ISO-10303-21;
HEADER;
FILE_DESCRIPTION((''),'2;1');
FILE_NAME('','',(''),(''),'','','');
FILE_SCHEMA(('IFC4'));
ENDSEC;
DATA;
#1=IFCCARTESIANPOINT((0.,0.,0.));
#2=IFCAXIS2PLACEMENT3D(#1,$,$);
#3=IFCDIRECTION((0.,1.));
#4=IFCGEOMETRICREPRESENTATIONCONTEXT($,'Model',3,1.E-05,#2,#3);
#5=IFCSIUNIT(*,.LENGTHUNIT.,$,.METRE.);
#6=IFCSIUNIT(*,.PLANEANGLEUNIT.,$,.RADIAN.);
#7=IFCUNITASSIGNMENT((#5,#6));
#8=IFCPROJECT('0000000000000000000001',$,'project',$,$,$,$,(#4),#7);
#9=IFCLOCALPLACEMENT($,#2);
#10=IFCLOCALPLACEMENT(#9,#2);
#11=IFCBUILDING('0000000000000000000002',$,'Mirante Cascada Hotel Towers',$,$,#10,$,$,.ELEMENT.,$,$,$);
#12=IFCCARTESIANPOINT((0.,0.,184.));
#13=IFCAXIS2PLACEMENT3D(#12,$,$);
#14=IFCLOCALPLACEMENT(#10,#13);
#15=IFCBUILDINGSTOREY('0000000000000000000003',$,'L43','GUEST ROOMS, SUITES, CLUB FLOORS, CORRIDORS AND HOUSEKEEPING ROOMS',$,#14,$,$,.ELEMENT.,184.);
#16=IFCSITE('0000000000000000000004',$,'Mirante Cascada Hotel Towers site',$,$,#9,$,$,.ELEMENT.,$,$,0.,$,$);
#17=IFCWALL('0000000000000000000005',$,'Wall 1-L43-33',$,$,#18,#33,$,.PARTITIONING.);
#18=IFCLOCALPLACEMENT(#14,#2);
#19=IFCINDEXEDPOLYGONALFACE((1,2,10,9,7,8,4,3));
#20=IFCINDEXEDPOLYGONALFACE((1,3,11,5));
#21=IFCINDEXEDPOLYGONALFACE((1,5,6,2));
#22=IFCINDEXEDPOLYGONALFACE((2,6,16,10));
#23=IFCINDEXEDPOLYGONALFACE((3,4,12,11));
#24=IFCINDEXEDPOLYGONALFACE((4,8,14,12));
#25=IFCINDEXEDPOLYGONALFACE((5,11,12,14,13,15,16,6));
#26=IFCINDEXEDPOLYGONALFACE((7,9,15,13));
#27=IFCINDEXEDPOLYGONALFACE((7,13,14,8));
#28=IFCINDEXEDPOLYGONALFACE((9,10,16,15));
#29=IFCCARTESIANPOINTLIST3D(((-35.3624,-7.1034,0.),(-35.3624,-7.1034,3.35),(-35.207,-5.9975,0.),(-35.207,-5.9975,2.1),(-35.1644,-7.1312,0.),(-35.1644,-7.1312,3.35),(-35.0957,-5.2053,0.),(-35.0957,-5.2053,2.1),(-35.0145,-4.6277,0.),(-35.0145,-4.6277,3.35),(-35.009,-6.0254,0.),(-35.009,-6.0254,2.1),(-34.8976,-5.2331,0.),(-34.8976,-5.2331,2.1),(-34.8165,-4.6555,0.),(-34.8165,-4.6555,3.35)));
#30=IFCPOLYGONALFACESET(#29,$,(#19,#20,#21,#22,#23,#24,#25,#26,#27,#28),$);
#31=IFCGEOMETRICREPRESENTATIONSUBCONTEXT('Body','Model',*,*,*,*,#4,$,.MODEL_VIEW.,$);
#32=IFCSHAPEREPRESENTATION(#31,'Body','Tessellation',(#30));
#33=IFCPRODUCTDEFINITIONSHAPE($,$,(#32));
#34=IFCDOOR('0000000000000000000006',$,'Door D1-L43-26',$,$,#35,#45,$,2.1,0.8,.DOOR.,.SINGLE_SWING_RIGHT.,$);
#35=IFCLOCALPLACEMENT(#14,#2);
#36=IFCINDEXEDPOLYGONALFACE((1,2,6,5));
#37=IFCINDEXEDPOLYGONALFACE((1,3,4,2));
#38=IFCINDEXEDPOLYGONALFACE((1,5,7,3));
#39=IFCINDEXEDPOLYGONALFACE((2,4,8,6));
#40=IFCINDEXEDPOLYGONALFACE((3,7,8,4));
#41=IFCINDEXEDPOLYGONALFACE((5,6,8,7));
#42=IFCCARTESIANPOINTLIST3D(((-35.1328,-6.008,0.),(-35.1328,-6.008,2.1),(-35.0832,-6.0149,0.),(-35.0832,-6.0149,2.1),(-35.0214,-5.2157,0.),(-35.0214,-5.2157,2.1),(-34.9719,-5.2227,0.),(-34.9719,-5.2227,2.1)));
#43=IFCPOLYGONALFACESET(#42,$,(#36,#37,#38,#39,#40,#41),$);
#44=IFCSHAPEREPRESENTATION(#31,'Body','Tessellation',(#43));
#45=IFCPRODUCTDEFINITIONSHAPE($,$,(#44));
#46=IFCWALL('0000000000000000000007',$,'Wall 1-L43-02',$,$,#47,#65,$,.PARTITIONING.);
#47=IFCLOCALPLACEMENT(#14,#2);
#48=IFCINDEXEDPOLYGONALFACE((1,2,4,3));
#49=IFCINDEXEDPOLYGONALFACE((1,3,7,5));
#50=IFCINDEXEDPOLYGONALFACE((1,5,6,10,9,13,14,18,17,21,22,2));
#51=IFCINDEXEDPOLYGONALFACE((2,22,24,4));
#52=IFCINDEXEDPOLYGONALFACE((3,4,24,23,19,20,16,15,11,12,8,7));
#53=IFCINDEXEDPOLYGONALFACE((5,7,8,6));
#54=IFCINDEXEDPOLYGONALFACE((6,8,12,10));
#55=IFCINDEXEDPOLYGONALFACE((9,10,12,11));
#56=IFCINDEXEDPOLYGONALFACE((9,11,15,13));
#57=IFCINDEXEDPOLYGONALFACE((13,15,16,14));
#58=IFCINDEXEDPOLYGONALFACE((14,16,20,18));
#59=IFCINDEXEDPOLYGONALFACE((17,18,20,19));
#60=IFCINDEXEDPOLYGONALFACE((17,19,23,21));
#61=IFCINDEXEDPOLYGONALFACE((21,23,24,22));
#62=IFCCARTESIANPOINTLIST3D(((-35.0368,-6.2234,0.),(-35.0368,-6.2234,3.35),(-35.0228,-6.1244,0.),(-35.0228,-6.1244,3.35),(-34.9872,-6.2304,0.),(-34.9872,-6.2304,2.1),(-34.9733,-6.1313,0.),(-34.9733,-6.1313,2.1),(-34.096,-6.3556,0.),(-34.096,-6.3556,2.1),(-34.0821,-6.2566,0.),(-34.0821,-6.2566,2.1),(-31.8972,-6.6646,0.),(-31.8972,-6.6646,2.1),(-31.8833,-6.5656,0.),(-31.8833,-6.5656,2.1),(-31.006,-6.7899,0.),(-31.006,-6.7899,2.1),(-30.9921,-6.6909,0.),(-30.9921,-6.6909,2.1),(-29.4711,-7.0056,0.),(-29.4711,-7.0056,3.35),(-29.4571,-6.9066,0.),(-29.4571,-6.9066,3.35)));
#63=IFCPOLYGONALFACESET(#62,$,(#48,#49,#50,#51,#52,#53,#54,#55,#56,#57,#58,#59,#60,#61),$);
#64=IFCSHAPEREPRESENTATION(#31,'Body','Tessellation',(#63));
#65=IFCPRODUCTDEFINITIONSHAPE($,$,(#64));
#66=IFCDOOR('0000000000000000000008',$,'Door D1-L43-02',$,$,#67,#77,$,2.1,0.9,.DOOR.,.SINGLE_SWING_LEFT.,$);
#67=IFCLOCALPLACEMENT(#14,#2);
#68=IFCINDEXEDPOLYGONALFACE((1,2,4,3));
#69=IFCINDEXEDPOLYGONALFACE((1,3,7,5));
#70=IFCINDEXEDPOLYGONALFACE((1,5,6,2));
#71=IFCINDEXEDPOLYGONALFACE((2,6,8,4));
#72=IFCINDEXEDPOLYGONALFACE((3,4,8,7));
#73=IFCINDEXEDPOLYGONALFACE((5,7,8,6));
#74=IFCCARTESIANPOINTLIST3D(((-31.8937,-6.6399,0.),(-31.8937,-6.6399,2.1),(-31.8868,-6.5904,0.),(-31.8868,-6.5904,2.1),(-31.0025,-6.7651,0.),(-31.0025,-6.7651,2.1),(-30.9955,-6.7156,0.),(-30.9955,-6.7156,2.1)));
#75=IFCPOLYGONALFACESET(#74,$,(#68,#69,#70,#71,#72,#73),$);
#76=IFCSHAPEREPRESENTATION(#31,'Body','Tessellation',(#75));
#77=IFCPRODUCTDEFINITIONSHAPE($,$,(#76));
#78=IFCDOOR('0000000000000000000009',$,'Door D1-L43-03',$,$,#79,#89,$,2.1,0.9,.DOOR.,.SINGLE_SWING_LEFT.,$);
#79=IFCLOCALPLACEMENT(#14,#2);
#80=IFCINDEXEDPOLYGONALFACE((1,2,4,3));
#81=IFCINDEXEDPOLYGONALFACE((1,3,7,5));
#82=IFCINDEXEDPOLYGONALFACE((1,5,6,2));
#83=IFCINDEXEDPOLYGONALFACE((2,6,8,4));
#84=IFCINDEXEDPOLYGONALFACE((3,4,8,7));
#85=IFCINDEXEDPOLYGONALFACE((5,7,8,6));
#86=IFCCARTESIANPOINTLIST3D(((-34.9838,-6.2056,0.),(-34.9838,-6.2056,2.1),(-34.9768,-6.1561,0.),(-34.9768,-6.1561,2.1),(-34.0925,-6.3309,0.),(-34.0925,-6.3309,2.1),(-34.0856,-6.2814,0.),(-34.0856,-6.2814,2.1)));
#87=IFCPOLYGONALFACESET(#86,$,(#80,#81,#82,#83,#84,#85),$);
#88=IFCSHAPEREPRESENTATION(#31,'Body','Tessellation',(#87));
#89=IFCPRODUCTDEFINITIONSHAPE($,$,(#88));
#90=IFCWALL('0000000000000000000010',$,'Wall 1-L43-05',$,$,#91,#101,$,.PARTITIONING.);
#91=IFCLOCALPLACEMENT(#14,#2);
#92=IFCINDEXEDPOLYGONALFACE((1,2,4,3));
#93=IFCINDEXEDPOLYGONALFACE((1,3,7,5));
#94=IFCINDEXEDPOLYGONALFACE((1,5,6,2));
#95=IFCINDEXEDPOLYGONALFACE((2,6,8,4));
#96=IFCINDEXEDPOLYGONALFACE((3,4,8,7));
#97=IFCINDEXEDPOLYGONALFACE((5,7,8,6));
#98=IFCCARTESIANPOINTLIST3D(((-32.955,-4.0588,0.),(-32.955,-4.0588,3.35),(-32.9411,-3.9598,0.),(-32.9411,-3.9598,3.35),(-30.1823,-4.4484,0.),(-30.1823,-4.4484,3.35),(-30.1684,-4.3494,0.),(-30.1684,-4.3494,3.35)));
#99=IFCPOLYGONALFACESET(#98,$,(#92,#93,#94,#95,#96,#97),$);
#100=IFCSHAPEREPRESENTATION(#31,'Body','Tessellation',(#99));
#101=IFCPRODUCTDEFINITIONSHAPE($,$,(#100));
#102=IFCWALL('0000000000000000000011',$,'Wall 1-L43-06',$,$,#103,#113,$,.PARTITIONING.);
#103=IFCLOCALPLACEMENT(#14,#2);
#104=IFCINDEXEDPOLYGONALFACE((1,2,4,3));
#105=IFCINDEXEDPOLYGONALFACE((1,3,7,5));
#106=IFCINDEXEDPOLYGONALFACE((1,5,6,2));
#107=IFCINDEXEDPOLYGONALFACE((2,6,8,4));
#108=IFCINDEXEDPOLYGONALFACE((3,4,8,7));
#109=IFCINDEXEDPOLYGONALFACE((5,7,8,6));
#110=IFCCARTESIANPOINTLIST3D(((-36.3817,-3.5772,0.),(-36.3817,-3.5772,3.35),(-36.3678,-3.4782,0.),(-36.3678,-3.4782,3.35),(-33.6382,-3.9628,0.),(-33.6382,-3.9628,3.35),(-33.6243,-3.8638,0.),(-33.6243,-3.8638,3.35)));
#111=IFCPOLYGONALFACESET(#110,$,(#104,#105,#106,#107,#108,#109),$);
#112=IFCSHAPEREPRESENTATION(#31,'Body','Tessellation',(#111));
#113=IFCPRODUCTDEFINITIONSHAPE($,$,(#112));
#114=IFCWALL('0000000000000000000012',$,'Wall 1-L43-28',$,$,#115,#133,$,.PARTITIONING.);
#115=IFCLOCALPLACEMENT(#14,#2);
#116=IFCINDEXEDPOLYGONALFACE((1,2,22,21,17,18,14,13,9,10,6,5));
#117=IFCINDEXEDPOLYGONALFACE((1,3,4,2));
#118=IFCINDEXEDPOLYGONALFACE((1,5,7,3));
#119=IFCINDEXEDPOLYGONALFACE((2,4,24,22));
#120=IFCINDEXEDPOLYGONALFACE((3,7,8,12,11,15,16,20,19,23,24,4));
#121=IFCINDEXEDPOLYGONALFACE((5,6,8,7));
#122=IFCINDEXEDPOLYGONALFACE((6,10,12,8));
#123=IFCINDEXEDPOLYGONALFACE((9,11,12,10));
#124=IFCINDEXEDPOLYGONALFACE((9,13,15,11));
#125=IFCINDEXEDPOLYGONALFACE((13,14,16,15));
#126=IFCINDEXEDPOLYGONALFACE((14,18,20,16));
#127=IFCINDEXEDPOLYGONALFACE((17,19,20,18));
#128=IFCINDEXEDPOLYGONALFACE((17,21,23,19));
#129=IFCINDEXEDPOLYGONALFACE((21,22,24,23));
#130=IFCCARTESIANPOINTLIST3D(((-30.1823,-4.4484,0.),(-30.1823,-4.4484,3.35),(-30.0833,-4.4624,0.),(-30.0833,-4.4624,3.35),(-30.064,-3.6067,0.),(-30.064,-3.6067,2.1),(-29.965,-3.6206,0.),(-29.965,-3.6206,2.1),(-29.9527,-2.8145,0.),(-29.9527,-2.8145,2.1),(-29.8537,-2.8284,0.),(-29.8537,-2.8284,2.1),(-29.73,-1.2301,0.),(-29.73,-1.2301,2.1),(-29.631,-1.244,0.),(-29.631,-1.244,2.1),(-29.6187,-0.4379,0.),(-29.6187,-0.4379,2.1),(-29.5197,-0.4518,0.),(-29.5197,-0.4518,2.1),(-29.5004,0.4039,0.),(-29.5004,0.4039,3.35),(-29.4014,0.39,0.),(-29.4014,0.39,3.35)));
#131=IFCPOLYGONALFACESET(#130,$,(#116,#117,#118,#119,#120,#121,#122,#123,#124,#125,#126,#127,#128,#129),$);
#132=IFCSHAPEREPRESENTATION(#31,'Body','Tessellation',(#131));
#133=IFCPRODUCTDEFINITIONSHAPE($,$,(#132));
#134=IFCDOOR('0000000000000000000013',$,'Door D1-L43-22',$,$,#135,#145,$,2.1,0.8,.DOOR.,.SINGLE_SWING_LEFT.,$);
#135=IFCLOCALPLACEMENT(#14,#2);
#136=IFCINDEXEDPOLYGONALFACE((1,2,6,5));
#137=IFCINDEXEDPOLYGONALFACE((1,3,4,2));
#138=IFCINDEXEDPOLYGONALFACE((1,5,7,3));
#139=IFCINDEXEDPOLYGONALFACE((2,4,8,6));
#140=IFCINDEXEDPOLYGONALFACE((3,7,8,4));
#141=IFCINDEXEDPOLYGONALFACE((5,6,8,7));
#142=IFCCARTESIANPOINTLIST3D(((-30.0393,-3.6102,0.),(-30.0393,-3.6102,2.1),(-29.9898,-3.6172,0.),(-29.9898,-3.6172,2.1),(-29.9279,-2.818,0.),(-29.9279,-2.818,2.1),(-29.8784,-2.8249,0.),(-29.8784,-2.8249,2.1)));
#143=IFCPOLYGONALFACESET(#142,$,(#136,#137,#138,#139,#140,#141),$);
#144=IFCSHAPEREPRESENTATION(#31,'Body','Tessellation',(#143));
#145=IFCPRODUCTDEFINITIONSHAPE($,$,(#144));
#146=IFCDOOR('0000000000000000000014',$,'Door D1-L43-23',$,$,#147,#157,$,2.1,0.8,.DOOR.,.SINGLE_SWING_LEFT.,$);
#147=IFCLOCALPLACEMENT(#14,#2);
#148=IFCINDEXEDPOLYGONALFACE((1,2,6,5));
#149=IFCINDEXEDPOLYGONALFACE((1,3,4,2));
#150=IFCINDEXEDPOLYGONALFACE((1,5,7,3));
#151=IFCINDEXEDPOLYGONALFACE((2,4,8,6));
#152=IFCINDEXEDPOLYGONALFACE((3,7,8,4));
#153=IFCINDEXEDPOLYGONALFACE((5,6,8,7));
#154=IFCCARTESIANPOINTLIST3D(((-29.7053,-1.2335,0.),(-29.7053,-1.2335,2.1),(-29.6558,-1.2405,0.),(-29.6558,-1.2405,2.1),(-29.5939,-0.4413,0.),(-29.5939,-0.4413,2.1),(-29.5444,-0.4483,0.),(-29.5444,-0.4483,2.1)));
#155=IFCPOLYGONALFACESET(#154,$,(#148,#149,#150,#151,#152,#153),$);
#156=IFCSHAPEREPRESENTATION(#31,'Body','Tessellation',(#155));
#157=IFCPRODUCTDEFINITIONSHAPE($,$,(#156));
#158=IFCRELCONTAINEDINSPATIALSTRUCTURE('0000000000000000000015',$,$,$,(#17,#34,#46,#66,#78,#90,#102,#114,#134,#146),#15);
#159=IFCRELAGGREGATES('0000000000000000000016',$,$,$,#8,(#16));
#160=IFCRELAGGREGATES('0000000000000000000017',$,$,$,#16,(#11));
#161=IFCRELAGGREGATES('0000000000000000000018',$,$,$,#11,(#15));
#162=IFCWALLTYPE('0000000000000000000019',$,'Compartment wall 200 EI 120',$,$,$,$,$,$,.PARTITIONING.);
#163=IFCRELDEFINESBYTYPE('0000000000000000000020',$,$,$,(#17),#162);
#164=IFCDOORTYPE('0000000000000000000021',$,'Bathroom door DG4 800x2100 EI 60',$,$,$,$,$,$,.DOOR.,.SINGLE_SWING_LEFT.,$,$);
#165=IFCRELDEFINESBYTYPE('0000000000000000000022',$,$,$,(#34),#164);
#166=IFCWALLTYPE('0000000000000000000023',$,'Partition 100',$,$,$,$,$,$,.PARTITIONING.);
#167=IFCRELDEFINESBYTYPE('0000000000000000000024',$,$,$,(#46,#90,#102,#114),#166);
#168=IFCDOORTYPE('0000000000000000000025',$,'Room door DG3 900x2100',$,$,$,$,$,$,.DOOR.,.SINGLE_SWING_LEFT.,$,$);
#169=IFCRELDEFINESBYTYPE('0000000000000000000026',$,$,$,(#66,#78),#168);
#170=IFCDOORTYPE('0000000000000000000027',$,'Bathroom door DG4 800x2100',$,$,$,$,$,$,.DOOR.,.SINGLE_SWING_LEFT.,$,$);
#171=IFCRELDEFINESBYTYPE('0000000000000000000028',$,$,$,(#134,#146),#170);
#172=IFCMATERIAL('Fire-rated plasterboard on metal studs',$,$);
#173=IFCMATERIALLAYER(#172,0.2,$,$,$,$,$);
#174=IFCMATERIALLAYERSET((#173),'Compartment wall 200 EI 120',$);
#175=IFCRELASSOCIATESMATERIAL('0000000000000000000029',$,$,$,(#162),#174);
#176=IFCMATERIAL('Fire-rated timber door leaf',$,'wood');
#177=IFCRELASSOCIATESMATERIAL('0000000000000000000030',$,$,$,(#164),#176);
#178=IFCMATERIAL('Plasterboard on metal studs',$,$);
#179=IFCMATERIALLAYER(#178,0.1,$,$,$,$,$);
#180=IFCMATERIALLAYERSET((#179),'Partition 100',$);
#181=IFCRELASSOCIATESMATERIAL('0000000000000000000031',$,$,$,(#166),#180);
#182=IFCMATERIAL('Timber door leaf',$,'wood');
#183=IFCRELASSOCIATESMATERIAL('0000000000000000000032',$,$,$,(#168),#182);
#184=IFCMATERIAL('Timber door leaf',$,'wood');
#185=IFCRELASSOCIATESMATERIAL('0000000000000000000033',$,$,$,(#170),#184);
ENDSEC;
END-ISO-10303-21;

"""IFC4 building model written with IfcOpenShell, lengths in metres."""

from ifc_helpers import new_model, si_unit, direction, frame, frame_2d, origin, place, context, subcontext, project, spatial, rectangle, extrude, material, layer, layer_set, type_object, element, fill, save


model = new_model("IFC4")

# Units and contexts
model_context = context("Model", 3, precision=1e-05, world=origin(), true_north=direction((0.0, 1.0)))
body_context = subcontext(model_context, "Body", "Model", "MODEL_VIEW")
ifc_project = project(units=[si_unit("LENGTHUNIT", "METRE"), si_unit("PLANEANGLEUNIT", "RADIAN")], contexts=[model_context])

# Site, building, storey
site_placement = place(None, origin())
site = spatial("IfcSite", under=ifc_project, at=site_placement, Name="Mirante Cascada Hotel Towers site", CompositionType="ELEMENT", RefElevation=0.0)
building_placement = place(site_placement, origin())
building = spatial("IfcBuilding", under=site, at=building_placement, Name="Mirante Cascada Hotel Towers", CompositionType="ELEMENT")
storey_placement = place(building_placement, frame((0.0, 0.0, 184.0)))
storey = spatial("IfcBuildingStorey", under=building, at=storey_placement, Name="L43", Description="GUEST ROOMS, SUITES, CLUB FLOORS, CORRIDORS AND HOUSEKEEPING ROOMS", CompositionType="ELEMENT", Elevation=184.0)

# Wall, opening, door
ifc_material_1 = material(Name="Fire-rated plasterboard on metal studs")
ifc_layer_1 = layer(ifc_material_1, 0.2)
ifc_layer_set_1 = layer_set([ifc_layer_1], Name="Compartment wall 200 EI 120")
wall_type_1 = type_object("IfcWallType", Name="Compartment wall 200 EI 120", PredefinedType="PARTITIONING", material=ifc_layer_set_1)
wall_1_placement = place(storey_placement, frame((-34.9155, -4.6416, 0.0), z_axis=(0.0, 0.0, 1.0), x_axis=(-0.139159, -0.99027, 0.0)))
wall_1 = element("IfcWall", 1, at=wall_1_placement, inside=storey, type_object=wall_type_1, Name="Wall 1-L43-33", PredefinedType="PARTITIONING", context=body_context, shape_type="SweptSolid", body=[
    extrude(rectangle(XDim=2.5, YDim=0.2, at=frame_2d((1.25, 0.0))), origin(), (0.0, 0.0, 1.0), 3.35),
])
opening_1_placement = place(wall_1_placement, frame((0.5833, 0.0, 0.0)))
opening_1 = element("IfcOpeningElement", 2, at=opening_1_placement, cuts=wall_1, PredefinedType="OPENING", context=body_context, shape_type="SweptSolid", body=[
    extrude(rectangle(XDim=0.8, YDim=2.1, at=frame_2d((0.4, 1.05))), frame((0.0, 0.1, 0.0), z_axis=(0.0, -1.0, 0.0), x_axis=(1.0, 0.0, 0.0)), (0.0, 0.0, 1.0), 0.2),
])
ifc_material_2 = material(Name="Fire-rated timber door leaf", Category="wood")
door_type_1 = type_object("IfcDoorType", Name="Bathroom door DG4 800x2100 EI 60", OperationType="SINGLE_SWING_LEFT", PredefinedType="DOOR", material=ifc_material_2)
door_1_placement = place(opening_1_placement, frame((0.8, 0.0, 0.0), z_axis=(0.0, 0.0, 1.0), x_axis=(-1.0, 0.0, 0.0)))
door_1 = element("IfcDoor", 3, at=door_1_placement, inside=storey, type_object=door_type_1, Name="Door D1-L43-26", OperationType="SINGLE_SWING_RIGHT", OverallHeight=2.1, OverallWidth=0.8, PredefinedType="DOOR", context=body_context, shape_type="SweptSolid", body=[
    extrude(rectangle(XDim=0.8, YDim=2.1, at=frame_2d((0.4, 1.05))), frame((0.0, 0.025, 0.0), z_axis=(0.0, -1.0, 0.0), x_axis=(1.0, 0.0, 0.0)), (0.0, 0.0, 1.0), 0.05),
])
fill(opening_1, door_1)

# Wall, openings, doors
ifc_material_3 = material(Name="Plasterboard on metal studs")
ifc_layer_2 = layer(ifc_material_3, 0.1)
ifc_layer_set_2 = layer_set([ifc_layer_2], Name="Partition 100")
wall_type_2 = type_object("IfcWallType", Name="Partition 100", PredefinedType="PARTITIONING", material=ifc_layer_set_2)
wall_2_placement = place(storey_placement, frame((-29.4641, -6.9561, 0.0), z_axis=(0.0, 0.0, 1.0), x_axis=(-0.990268, 0.139172, 0.0)))
wall_2 = element("IfcWall", 4, at=wall_2_placement, inside=storey, type_object=wall_type_2, Name="Wall 1-L43-02", PredefinedType="PARTITIONING", context=body_context, shape_type="SweptSolid", body=[
    extrude(rectangle(XDim=5.6204, YDim=0.1, at=frame_2d((2.8102, 0.0))), origin(), (0.0, 0.0, 1.0), 3.35),
])
opening_2_placement = place(wall_2_placement, frame((1.55, 0.0, 0.0)))
opening_2 = element("IfcOpeningElement", 5, at=opening_2_placement, cuts=wall_2, PredefinedType="OPENING", context=body_context, shape_type="SweptSolid", body=[
    extrude(rectangle(XDim=0.9, YDim=2.1, at=frame_2d((0.45, 1.05))), frame((0.0, 0.05, 0.0), z_axis=(0.0, -1.0, 0.0), x_axis=(1.0, 0.0, 0.0)), (0.0, 0.0, 1.0), 0.1),
])
opening_3_placement = place(wall_2_placement, frame((4.6704, 0.0, 0.0)))
opening_3 = element("IfcOpeningElement", 6, at=opening_3_placement, cuts=wall_2, PredefinedType="OPENING", context=body_context, shape_type="SweptSolid", body=[
    extrude(rectangle(XDim=0.9, YDim=2.1, at=frame_2d((0.45, 1.05))), frame((0.0, 0.05, 0.0), z_axis=(0.0, -1.0, 0.0), x_axis=(1.0, 0.0, 0.0)), (0.0, 0.0, 1.0), 0.1),
])
ifc_material_4 = material(Name="Timber door leaf", Category="wood")
door_type_2 = type_object("IfcDoorType", Name="Room door DG3 900x2100", OperationType="SINGLE_SWING_LEFT", PredefinedType="DOOR", material=ifc_material_4)
door_2_placement = place(opening_2_placement, origin())
door_2 = element("IfcDoor", 7, at=door_2_placement, inside=storey, type_object=door_type_2, Name="Door D1-L43-02", OperationType="SINGLE_SWING_LEFT", OverallHeight=2.1, OverallWidth=0.9, PredefinedType="DOOR", context=body_context, shape_type="SweptSolid", body=[
    extrude(rectangle(XDim=0.9, YDim=2.1, at=frame_2d((0.45, 1.05))), frame((0.0, 0.025, 0.0), z_axis=(0.0, -1.0, 0.0), x_axis=(1.0, 0.0, 0.0)), (0.0, 0.0, 1.0), 0.05),
])
fill(opening_2, door_2)
door_3_placement = place(opening_3_placement, origin())
door_3 = element("IfcDoor", 8, at=door_3_placement, inside=storey, type_object=door_type_2, Name="Door D1-L43-03", OperationType="SINGLE_SWING_LEFT", OverallHeight=2.1, OverallWidth=0.9, PredefinedType="DOOR", context=body_context, shape_type="SweptSolid", body=[
    extrude(rectangle(XDim=0.9, YDim=2.1, at=frame_2d((0.45, 1.05))), frame((0.0, 0.025, 0.0), z_axis=(0.0, -1.0, 0.0), x_axis=(1.0, 0.0, 0.0)), (0.0, 0.0, 1.0), 0.05),
])
fill(opening_3, door_3)

# Walls
wall_3_placement = place(storey_placement, frame((-32.9481, -4.0093, 0.0), z_axis=(0.0, 0.0, 1.0), x_axis=(0.990272, -0.139146, 0.0)))
element("IfcWall", 9, at=wall_3_placement, inside=storey, type_object=wall_type_2, Name="Wall 1-L43-05", PredefinedType="PARTITIONING", context=body_context, shape_type="SweptSolid", body=[
    extrude(rectangle(XDim=2.7999, YDim=0.1, at=frame_2d((1.4, 0.0))), origin(), (0.0, 0.0, 1.0), 3.35),
])
wall_4_placement = place(storey_placement, frame((-33.6312, -3.9133, 0.0), z_axis=(0.0, 0.0, 1.0), x_axis=(-0.990267, 0.139182, 0.0)))
element("IfcWall", 10, at=wall_4_placement, inside=storey, type_object=wall_type_2, Name="Wall 1-L43-06", PredefinedType="PARTITIONING", context=body_context, shape_type="SweptSolid", body=[
    extrude(rectangle(XDim=2.7705, YDim=0.1, at=frame_2d((1.3853, 0.0))), origin(), (0.0, 0.0, 1.0), 3.35),
])

# Wall, openings, doors
wall_5_placement = place(storey_placement, frame((-30.1328, -4.4554, 0.0), z_axis=(0.0, 0.0, 1.0), x_axis=(0.139164, 0.990269, 0.0)))
wall_5 = element("IfcWall", 11, at=wall_5_placement, inside=storey, type_object=wall_type_2, Name="Wall 1-L43-28", PredefinedType="PARTITIONING", context=body_context, shape_type="SweptSolid", body=[
    extrude(rectangle(XDim=4.9, YDim=0.1, at=frame_2d((2.45, 0.0))), origin(), (0.0, 0.0, 1.0), 3.35),
])
opening_4_placement = place(wall_5_placement, frame((0.85, 0.0, 0.0)))
opening_4 = element("IfcOpeningElement", 12, at=opening_4_placement, cuts=wall_5, PredefinedType="OPENING", context=body_context, shape_type="SweptSolid", body=[
    extrude(rectangle(XDim=0.8, YDim=2.1, at=frame_2d((0.4, 1.05))), frame((0.0, 0.05, 0.0), z_axis=(0.0, -1.0, 0.0), x_axis=(1.0, 0.0, 0.0)), (0.0, 0.0, 1.0), 0.1),
])
opening_5_placement = place(wall_5_placement, frame((3.25, 0.0, 0.0)))
opening_5 = element("IfcOpeningElement", 13, at=opening_5_placement, cuts=wall_5, PredefinedType="OPENING", context=body_context, shape_type="SweptSolid", body=[
    extrude(rectangle(XDim=0.8, YDim=2.1, at=frame_2d((0.4, 1.05))), frame((0.0, 0.05, 0.0), z_axis=(0.0, -1.0, 0.0), x_axis=(1.0, 0.0, 0.0)), (0.0, 0.0, 1.0), 0.1),
])
ifc_material_5 = material(Name="Timber door leaf", Category="wood")
door_type_3 = type_object("IfcDoorType", Name="Bathroom door DG4 800x2100", OperationType="SINGLE_SWING_LEFT", PredefinedType="DOOR", material=ifc_material_5)
door_4_placement = place(opening_4_placement, origin())
door_4 = element("IfcDoor", 14, at=door_4_placement, inside=storey, type_object=door_type_3, Name="Door D1-L43-22", OperationType="SINGLE_SWING_LEFT", OverallHeight=2.1, OverallWidth=0.8, PredefinedType="DOOR", context=body_context, shape_type="SweptSolid", body=[
    extrude(rectangle(XDim=0.8, YDim=2.1, at=frame_2d((0.4, 1.05))), frame((0.0, 0.025, 0.0), z_axis=(0.0, -1.0, 0.0), x_axis=(1.0, 0.0, 0.0)), (0.0, 0.0, 1.0), 0.05),
])
fill(opening_4, door_4)
door_5_placement = place(opening_5_placement, origin())
door_5 = element("IfcDoor", 15, at=door_5_placement, inside=storey, type_object=door_type_3, Name="Door D1-L43-23", OperationType="SINGLE_SWING_LEFT", OverallHeight=2.1, OverallWidth=0.8, PredefinedType="DOOR", context=body_context, shape_type="SweptSolid", body=[
    extrude(rectangle(XDim=0.8, YDim=2.1, at=frame_2d((0.4, 1.05))), frame((0.0, 0.025, 0.0), z_axis=(0.0, -1.0, 0.0), x_axis=(1.0, 0.0, 0.0)), (0.0, 0.0, 1.0), 0.05),
])
fill(opening_5, door_5)

save(model, "model.ifc")
